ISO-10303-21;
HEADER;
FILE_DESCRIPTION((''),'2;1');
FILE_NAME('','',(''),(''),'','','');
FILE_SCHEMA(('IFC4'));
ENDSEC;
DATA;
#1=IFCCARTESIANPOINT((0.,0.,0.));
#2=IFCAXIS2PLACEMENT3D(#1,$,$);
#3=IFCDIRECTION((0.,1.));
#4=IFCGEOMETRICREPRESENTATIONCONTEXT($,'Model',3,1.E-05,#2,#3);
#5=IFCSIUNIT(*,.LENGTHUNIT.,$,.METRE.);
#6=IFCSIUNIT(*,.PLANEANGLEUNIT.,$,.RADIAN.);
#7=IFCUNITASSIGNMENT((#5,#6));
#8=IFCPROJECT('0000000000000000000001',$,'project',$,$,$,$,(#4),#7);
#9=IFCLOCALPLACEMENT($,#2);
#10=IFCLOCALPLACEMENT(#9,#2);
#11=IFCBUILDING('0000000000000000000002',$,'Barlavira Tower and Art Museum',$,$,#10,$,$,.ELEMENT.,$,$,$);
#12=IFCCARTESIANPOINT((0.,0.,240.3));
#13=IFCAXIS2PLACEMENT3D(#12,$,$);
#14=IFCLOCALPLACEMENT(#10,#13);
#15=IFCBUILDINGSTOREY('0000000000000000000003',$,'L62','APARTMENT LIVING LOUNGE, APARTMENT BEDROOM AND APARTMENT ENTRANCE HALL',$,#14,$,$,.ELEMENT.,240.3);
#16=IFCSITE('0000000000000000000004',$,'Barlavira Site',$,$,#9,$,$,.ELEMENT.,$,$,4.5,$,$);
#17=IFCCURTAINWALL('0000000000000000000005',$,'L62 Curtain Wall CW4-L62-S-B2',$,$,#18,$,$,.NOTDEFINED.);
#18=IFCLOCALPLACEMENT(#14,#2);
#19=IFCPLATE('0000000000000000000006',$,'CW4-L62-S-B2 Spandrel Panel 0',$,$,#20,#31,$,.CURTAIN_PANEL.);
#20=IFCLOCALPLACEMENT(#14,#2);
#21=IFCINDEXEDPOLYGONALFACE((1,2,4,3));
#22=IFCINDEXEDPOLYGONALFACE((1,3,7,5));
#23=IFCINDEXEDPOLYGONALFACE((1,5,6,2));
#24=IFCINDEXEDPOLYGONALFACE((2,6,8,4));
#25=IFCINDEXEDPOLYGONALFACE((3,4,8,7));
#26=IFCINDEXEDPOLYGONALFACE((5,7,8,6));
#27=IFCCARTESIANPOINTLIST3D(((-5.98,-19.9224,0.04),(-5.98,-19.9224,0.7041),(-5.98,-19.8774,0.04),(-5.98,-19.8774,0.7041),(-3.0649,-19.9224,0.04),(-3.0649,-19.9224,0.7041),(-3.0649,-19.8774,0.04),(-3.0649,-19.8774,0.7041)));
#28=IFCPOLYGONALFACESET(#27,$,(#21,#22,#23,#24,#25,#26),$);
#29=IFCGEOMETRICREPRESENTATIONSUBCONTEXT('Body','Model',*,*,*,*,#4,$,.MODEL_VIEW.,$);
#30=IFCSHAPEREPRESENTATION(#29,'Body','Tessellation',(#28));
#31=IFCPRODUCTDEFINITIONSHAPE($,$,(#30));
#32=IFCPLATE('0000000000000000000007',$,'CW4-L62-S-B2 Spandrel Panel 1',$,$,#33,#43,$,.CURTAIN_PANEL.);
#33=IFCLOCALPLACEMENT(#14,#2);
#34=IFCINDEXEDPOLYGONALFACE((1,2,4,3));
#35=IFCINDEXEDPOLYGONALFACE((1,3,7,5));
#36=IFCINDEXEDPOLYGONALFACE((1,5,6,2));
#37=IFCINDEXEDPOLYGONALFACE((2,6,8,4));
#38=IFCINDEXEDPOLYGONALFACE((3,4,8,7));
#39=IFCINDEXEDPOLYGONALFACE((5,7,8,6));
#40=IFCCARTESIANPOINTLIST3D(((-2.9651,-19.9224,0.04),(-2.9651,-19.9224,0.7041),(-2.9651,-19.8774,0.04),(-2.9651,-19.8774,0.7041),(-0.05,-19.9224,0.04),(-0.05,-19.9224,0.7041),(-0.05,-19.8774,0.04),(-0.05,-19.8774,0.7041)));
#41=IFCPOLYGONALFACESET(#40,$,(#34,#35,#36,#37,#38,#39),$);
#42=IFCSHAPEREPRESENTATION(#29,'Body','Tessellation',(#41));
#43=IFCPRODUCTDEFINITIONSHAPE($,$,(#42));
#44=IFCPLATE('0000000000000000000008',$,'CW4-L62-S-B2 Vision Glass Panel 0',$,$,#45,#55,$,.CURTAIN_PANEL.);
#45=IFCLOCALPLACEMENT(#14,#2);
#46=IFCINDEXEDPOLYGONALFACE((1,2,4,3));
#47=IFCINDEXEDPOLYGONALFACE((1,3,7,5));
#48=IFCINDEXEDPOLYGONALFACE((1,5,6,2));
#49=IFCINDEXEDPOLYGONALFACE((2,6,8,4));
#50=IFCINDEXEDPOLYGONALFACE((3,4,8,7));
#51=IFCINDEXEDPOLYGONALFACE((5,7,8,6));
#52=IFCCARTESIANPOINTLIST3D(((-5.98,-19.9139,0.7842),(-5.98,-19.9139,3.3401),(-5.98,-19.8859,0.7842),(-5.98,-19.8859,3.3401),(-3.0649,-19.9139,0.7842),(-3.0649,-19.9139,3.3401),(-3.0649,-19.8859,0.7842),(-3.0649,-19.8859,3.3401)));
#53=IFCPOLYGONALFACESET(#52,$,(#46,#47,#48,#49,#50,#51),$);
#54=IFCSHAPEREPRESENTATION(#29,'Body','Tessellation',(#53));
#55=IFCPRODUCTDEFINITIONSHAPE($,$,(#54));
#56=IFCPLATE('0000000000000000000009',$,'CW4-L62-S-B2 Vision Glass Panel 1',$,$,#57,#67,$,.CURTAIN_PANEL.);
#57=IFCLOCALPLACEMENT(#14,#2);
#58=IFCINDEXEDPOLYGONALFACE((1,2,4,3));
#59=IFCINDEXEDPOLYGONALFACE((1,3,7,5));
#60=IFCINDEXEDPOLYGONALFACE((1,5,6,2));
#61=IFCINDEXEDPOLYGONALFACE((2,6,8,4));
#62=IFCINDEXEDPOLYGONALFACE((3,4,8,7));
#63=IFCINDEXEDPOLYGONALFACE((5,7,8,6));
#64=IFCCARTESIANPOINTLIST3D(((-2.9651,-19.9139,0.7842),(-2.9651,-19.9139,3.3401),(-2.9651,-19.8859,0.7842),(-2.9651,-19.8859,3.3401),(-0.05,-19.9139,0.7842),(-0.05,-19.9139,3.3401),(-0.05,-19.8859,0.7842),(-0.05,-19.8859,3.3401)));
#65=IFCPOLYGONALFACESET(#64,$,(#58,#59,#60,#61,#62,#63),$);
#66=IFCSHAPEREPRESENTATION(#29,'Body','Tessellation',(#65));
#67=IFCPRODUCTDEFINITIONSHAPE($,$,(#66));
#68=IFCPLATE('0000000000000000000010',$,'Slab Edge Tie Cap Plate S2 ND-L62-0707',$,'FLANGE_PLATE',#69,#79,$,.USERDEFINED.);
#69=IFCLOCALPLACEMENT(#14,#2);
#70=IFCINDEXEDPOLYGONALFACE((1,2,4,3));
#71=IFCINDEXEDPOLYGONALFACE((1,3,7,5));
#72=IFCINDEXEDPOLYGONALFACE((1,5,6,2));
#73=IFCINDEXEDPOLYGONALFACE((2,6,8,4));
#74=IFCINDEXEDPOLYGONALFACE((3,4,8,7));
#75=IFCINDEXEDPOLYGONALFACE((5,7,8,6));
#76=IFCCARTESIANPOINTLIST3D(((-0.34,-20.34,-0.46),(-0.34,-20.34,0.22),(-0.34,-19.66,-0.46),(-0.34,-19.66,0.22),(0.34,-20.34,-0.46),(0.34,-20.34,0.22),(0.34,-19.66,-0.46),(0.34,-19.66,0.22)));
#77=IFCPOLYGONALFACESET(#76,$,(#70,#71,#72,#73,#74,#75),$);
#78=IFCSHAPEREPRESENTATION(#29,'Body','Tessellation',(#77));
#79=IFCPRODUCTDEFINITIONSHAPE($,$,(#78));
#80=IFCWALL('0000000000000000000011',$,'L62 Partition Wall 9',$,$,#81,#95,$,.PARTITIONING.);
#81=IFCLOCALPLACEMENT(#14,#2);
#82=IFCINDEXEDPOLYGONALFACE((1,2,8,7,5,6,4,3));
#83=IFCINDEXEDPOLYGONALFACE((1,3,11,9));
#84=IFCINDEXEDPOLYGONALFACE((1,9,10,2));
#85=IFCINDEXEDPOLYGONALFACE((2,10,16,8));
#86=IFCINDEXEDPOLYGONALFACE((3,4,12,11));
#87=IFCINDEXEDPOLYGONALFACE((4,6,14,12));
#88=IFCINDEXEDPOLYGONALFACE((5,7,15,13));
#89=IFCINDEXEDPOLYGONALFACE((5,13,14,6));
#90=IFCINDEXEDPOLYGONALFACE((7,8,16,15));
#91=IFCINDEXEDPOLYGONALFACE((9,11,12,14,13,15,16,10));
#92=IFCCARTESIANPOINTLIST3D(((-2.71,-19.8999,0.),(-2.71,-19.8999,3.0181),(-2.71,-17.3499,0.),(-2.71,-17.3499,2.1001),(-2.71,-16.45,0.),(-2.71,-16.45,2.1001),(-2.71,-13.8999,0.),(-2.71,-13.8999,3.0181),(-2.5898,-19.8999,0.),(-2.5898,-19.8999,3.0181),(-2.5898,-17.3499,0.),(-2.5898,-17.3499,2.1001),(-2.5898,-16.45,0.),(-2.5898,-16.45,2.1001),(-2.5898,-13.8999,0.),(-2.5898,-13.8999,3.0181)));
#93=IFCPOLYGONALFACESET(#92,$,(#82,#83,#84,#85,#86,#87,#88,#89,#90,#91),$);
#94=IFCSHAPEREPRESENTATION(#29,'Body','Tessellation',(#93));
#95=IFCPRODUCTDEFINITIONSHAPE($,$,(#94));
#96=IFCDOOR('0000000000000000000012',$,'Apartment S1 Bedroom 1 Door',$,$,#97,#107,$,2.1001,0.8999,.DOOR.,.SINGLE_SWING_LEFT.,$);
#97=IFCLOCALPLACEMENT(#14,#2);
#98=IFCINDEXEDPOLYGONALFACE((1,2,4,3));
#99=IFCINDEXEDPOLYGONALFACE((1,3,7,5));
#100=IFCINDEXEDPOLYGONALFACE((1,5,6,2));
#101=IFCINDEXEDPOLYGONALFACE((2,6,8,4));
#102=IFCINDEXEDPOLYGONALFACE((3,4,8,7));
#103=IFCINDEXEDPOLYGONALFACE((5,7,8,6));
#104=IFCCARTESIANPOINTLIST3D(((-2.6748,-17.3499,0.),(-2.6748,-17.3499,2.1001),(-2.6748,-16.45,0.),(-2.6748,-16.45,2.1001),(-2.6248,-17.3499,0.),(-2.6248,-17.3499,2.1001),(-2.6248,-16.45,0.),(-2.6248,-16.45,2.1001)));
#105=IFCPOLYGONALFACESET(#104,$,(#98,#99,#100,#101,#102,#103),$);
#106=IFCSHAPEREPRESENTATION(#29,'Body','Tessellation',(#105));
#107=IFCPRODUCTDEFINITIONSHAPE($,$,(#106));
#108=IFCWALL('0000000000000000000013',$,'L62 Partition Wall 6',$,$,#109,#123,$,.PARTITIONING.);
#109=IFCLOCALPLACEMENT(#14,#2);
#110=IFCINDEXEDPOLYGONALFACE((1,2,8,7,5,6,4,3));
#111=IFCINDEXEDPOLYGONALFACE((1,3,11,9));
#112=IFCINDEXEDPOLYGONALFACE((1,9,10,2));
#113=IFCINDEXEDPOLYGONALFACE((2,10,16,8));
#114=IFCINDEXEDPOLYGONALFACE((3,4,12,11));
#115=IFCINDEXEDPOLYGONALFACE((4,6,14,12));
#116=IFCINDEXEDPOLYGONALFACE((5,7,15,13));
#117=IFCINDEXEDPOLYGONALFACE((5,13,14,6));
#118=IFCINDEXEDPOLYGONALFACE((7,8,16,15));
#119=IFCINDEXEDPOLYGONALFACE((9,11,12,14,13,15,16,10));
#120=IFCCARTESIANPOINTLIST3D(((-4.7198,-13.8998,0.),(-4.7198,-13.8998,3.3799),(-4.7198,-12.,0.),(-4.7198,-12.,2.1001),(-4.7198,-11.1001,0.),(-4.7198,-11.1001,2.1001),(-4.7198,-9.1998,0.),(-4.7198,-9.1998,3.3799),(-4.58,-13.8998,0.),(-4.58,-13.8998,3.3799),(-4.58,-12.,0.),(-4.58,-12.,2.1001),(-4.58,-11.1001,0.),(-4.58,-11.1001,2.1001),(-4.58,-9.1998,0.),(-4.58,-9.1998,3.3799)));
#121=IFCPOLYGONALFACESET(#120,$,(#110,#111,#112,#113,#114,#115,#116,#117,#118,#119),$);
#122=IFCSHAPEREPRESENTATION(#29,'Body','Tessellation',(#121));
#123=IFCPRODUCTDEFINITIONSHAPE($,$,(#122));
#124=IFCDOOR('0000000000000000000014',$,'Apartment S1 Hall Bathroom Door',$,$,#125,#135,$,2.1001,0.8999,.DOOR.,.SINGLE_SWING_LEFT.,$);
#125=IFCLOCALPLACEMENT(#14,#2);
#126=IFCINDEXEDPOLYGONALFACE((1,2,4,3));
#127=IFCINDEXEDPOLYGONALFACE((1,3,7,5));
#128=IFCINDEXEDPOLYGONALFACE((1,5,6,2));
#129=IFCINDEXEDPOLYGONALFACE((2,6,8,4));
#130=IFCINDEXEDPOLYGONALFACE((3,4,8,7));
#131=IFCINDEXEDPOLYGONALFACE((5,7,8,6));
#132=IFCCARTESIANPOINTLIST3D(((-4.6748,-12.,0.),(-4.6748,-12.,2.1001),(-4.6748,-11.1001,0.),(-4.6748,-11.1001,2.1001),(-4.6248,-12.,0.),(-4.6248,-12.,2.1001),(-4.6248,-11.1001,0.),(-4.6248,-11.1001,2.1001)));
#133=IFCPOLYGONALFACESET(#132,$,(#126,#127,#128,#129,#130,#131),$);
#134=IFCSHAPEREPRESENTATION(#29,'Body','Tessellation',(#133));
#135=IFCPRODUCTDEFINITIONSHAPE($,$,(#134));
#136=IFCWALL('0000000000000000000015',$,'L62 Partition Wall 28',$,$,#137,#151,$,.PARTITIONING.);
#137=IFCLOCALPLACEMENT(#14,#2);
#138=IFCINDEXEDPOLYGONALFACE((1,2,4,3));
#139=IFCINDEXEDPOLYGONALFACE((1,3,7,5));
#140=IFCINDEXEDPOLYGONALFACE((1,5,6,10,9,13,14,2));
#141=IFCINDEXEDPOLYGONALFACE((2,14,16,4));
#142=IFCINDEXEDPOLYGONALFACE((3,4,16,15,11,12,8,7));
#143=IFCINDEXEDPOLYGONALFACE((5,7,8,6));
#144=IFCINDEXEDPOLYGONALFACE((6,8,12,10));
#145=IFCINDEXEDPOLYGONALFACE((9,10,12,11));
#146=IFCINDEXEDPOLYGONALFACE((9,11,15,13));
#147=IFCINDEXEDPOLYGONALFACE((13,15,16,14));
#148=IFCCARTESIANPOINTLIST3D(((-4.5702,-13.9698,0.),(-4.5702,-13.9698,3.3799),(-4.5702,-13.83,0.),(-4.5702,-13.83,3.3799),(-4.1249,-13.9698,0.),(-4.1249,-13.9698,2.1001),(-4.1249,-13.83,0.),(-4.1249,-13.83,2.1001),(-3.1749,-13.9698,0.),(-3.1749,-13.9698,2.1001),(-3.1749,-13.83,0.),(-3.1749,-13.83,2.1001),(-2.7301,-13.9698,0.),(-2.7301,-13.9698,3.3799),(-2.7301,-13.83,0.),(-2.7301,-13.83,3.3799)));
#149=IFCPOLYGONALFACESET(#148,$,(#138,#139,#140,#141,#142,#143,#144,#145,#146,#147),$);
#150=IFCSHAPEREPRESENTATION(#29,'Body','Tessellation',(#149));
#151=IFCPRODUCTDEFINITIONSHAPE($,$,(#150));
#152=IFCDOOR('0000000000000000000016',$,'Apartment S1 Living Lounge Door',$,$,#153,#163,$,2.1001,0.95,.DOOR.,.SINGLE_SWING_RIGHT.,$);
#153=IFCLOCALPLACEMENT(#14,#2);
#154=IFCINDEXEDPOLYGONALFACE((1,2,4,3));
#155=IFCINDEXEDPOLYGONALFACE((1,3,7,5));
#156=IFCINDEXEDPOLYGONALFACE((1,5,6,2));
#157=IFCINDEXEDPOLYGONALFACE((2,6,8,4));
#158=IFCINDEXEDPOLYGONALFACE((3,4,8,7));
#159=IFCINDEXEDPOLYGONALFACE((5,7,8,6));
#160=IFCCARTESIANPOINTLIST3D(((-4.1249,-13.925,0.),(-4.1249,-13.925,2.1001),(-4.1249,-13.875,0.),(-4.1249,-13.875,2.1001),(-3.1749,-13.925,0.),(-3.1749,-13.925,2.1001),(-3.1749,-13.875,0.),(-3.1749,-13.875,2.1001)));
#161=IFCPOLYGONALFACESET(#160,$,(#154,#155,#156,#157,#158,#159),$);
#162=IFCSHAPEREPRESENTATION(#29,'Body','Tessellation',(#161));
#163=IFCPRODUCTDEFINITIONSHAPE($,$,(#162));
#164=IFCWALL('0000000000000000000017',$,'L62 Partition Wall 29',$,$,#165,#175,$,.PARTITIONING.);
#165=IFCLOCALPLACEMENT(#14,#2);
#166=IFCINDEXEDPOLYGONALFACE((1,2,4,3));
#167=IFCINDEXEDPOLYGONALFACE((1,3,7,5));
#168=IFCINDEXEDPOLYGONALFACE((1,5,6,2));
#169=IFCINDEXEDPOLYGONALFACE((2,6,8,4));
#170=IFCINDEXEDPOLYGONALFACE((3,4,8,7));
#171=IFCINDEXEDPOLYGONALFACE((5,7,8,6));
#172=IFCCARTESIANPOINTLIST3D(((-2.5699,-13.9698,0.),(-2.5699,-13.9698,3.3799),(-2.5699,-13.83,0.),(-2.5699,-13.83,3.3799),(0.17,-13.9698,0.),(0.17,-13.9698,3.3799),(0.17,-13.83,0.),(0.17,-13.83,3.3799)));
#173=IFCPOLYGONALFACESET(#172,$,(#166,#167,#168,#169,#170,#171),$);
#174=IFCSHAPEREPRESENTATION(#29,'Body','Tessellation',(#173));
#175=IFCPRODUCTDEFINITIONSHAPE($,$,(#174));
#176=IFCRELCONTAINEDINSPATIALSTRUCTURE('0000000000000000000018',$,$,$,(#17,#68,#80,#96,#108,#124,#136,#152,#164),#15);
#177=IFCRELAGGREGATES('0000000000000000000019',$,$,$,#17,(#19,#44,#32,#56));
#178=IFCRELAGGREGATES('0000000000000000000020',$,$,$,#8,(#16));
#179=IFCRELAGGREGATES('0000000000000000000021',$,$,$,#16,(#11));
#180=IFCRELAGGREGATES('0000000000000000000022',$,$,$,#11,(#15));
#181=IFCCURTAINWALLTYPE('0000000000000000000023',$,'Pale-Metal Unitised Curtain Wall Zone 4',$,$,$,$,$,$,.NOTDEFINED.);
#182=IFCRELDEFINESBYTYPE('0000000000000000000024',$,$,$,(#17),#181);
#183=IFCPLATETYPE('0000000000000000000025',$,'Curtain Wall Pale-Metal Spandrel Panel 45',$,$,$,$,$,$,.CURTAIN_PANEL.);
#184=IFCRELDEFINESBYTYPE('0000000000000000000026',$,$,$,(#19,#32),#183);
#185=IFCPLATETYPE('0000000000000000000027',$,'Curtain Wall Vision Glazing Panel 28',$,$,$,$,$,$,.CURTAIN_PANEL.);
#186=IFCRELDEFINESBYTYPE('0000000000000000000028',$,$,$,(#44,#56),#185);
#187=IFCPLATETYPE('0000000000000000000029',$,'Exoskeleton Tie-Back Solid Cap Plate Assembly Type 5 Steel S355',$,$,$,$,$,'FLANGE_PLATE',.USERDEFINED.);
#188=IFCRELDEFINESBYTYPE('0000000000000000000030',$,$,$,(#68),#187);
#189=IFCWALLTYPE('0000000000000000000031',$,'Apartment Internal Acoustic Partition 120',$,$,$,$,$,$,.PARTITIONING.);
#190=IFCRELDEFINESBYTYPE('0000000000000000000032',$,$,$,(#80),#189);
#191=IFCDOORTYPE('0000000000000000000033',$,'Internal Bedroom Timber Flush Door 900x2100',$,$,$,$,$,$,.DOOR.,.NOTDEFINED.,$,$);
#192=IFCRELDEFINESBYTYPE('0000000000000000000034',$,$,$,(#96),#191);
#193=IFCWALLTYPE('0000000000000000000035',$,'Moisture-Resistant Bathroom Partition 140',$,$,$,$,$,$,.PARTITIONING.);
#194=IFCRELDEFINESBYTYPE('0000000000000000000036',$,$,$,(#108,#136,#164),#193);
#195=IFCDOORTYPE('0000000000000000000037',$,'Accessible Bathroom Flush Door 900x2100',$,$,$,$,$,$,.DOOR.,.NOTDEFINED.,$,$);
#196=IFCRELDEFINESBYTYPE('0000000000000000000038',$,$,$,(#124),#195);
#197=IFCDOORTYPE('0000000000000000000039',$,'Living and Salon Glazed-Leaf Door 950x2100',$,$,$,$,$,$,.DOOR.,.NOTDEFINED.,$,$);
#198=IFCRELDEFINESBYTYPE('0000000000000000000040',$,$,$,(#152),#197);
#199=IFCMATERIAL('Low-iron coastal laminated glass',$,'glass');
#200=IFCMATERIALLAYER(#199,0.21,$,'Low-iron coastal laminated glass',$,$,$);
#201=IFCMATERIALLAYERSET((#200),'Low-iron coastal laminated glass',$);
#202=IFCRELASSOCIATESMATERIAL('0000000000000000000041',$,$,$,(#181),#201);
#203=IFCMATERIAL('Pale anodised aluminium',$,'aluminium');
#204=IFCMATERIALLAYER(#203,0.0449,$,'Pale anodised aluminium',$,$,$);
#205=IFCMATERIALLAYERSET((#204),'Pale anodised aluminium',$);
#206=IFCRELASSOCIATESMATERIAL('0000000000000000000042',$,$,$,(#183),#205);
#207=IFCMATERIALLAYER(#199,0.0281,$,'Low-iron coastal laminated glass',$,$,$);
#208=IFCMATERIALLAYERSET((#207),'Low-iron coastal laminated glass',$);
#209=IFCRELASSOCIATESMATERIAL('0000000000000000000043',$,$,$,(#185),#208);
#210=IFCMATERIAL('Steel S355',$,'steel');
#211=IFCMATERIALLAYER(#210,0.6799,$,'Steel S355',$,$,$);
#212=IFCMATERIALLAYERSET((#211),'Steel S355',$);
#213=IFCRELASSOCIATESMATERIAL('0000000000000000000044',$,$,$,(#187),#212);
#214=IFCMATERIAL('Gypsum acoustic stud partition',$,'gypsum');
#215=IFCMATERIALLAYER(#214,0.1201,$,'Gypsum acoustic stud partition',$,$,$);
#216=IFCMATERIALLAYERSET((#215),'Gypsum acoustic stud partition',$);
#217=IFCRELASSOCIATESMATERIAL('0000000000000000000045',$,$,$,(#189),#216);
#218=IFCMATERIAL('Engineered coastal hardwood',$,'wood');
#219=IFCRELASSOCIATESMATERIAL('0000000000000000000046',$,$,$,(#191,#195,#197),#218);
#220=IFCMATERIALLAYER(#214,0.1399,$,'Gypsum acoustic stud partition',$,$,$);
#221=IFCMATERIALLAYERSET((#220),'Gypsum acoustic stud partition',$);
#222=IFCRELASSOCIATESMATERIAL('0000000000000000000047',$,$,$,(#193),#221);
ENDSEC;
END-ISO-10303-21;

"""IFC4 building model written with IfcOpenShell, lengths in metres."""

from ifc_helpers import new_model, si_unit, direction, frame, frame_2d, origin, origin_2d, place, context, subcontext, project, spatial, rectangle, extrude, material, layer, layer_set, type_object, element, fill, aggregate, save


model = new_model("IFC4")

# Units and contexts
model_context = context("Model", 3, precision=1e-05, world=origin(), true_north=direction((0.0, 1.0)))
body_context = subcontext(model_context, "Body", "Model", "MODEL_VIEW")
ifc_project = project(units=[si_unit("LENGTHUNIT", "METRE"), si_unit("PLANEANGLEUNIT", "RADIAN")], contexts=[model_context])

# Site, building, storey
site_placement = place(None, origin())
site = spatial("IfcSite", under=ifc_project, at=site_placement, Name="Barlavira Site", CompositionType="ELEMENT", RefElevation=4.5)
building_placement = place(site_placement, origin())
building = spatial("IfcBuilding", under=site, at=building_placement, Name="Barlavira Tower and Art Museum", CompositionType="ELEMENT")
storey_placement = place(building_placement, frame((0.0, 0.0, 240.3)))
storey = spatial("IfcBuildingStorey", under=building, at=storey_placement, Name="L62", Description="APARTMENT LIVING LOUNGE, APARTMENT BEDROOM AND APARTMENT ENTRANCE HALL", CompositionType="ELEMENT", Elevation=240.3)

# Curtain wall
ifc_material_1 = material(Name="Low-iron coastal laminated glass", Category="glass")
ifc_layer_1 = layer(ifc_material_1, 0.21, Name="Low-iron coastal laminated glass")
ifc_layer_set_1 = layer_set([ifc_layer_1], Name="Low-iron coastal laminated glass")
curtain_wall_type = type_object("IfcCurtainWallType", Name="Pale-Metal Unitised Curtain Wall Zone 4", PredefinedType="NOTDEFINED", material=ifc_layer_set_1)
curtain_wall_placement = place(storey_placement, origin())
curtain_wall = element("IfcCurtainWall", 1, at=curtain_wall_placement, inside=storey, type_object=curtain_wall_type, Name="L62 Curtain Wall CW4-L62-S-B2", PredefinedType="NOTDEFINED")
ifc_material_2 = material(Name="Pale anodised aluminium", Category="aluminium")

# Shared definitions
ifc_material_3 = material(Name="Steel S355", Category="steel")

# Plates
ifc_layer_2 = layer(ifc_material_2, 0.0449, Name="Pale anodised aluminium")
ifc_layer_set_2 = layer_set([ifc_layer_2], Name="Pale anodised aluminium")
plate_type_1 = type_object("IfcPlateType", Name="Curtain Wall Pale-Metal Spandrel Panel 45", PredefinedType="CURTAIN_PANEL", material=ifc_layer_set_2)
plate_1_placement = place(storey_placement, frame((-4.5225, -19.8999, 0.04), z_axis=(0.0, 0.0, 1.0), x_axis=(1.0, 0.0, 0.0)))
plate_1 = element("IfcPlate", 2, at=plate_1_placement, type_object=plate_type_1, Name="CW4-L62-S-B2 Spandrel Panel 0", PredefinedType="CURTAIN_PANEL", context=body_context, shape_type="SweptSolid", body=[
    extrude(rectangle(XDim=2.915, YDim=0.0449, at=origin_2d()), origin(), (0.0, 0.0, 1.0), 0.6641),
])
plate_2_placement = place(storey_placement, frame((-1.5076, -19.8999, 0.04), z_axis=(0.0, 0.0, 1.0), x_axis=(1.0, 0.0, 0.0)))
plate_2 = element("IfcPlate", 3, at=plate_2_placement, type_object=plate_type_1, Name="CW4-L62-S-B2 Spandrel Panel 1", PredefinedType="CURTAIN_PANEL", context=body_context, shape_type="SweptSolid", body=[
    extrude(rectangle(XDim=2.915, YDim=0.0449, at=origin_2d()), origin(), (0.0, 0.0, 1.0), 0.6641),
])
ifc_layer_3 = layer(ifc_material_1, 0.0281, Name="Low-iron coastal laminated glass")
ifc_layer_set_3 = layer_set([ifc_layer_3], Name="Low-iron coastal laminated glass")
plate_type_2 = type_object("IfcPlateType", Name="Curtain Wall Vision Glazing Panel 28", PredefinedType="CURTAIN_PANEL", material=ifc_layer_set_3)
plate_3_placement = place(storey_placement, frame((-4.5225, -19.8999, 0.7842), z_axis=(0.0, 0.0, 1.0), x_axis=(1.0, 0.0, 0.0)))
plate_3 = element("IfcPlate", 4, at=plate_3_placement, type_object=plate_type_2, Name="CW4-L62-S-B2 Vision Glass Panel 0", PredefinedType="CURTAIN_PANEL", context=body_context, shape_type="SweptSolid", body=[
    extrude(rectangle(XDim=2.915, YDim=0.0281, at=origin_2d()), origin(), (0.0, 0.0, 1.0), 2.5559),
])
plate_4_placement = place(storey_placement, frame((-1.5076, -19.8999, 0.7842), z_axis=(0.0, 0.0, 1.0), x_axis=(1.0, 0.0, 0.0)))
plate_4 = element("IfcPlate", 5, at=plate_4_placement, type_object=plate_type_2, Name="CW4-L62-S-B2 Vision Glass Panel 1", PredefinedType="CURTAIN_PANEL", context=body_context, shape_type="SweptSolid", body=[
    extrude(rectangle(XDim=2.915, YDim=0.0281, at=origin_2d()), origin(), (0.0, 0.0, 1.0), 2.5559),
])
aggregate(curtain_wall, [plate_1, plate_3, plate_2, plate_4])
ifc_layer_4 = layer(ifc_material_3, 0.6799, Name="Steel S355")
ifc_layer_set_4 = layer_set([ifc_layer_4], Name="Steel S355")
plate_type_3 = type_object("IfcPlateType", Name="Exoskeleton Tie-Back Solid Cap Plate Assembly Type 5 Steel S355", ElementType="FLANGE_PLATE", PredefinedType="USERDEFINED", material=ifc_layer_set_4)
plate_5_placement = place(storey_placement, frame((0.0, -20.0, -0.46), z_axis=(0.0, 0.0, 1.0), x_axis=(1.0, 0.0, 0.0)))
element("IfcPlate", 6, at=plate_5_placement, inside=storey, type_object=plate_type_3, Name="Slab Edge Tie Cap Plate S2 ND-L62-0707", ObjectType="FLANGE_PLATE", PredefinedType="USERDEFINED", context=body_context, shape_type="SweptSolid", body=[
    extrude(rectangle(XDim=0.6799, YDim=0.6799, at=origin_2d()), origin(), (0.0, 0.0, 1.0), 0.6799),
])

# Walls, openings, doors
ifc_material_4 = material(Name="Gypsum acoustic stud partition", Category="gypsum")
ifc_layer_5 = layer(ifc_material_4, 0.1201, Name="Gypsum acoustic stud partition")
ifc_layer_set_5 = layer_set([ifc_layer_5], Name="Gypsum acoustic stud partition")
wall_type_1 = type_object("IfcWallType", Name="Apartment Internal Acoustic Partition 120", PredefinedType="PARTITIONING", material=ifc_layer_set_5)
wall_1_placement = place(storey_placement, frame((-2.6499, -19.8999, 0.0), z_axis=(0.0, 0.0, 1.0), x_axis=(0.0, 1.0, 0.0)))
wall_1 = element("IfcWall", 7, at=wall_1_placement, inside=storey, type_object=wall_type_1, Name="L62 Partition Wall 9", PredefinedType="PARTITIONING", context=body_context, shape_type="SweptSolid", body=[
    extrude(rectangle(XDim=6.0, YDim=0.1201, at=frame_2d((3.0, 0.0))), origin(), (0.0, 0.0, 1.0), 3.0181),
])
opening_1_placement = place(wall_1_placement, frame((2.55, 0.0, 0.0)))
opening_1 = element("IfcOpeningElement", 8, at=opening_1_placement, cuts=wall_1, PredefinedType="OPENING", context=body_context, shape_type="SweptSolid", body=[
    extrude(rectangle(XDim=0.8999, YDim=2.1001, at=frame_2d((0.45, 1.05))), frame((0.0, 0.0701, 0.0), z_axis=(0.0, -1.0, 0.0), x_axis=(1.0, 0.0, 0.0)), (0.0, 0.0, 1.0), 0.1401),
])
ifc_material_5 = material(Name="Engineered coastal hardwood", Category="wood")
door_type_1 = type_object("IfcDoorType", Name="Internal Bedroom Timber Flush Door 900x2100", OperationType="NOTDEFINED", PredefinedType="DOOR", material=ifc_material_5)
door_1_placement = place(opening_1_placement, origin())
door_1 = element("IfcDoor", 9, at=door_1_placement, inside=storey, type_object=door_type_1, Name="Apartment S1 Bedroom 1 Door", OperationType="SINGLE_SWING_LEFT", OverallHeight=2.1001, OverallWidth=0.8999, PredefinedType="DOOR", context=body_context, shape_type="SweptSolid", body=[
    extrude(rectangle(XDim=0.8999, YDim=2.1001, at=frame_2d((0.45, 1.05))), frame((0.0, 0.0249, 0.0), z_axis=(0.0, -1.0, 0.0), x_axis=(1.0, 0.0, 0.0)), (0.0, 0.0, 1.0), 0.05),
])
fill(opening_1, door_1)
ifc_layer_6 = layer(ifc_material_4, 0.1399, Name="Gypsum acoustic stud partition")
ifc_layer_set_6 = layer_set([ifc_layer_6], Name="Gypsum acoustic stud partition")
wall_type_2 = type_object("IfcWallType", Name="Moisture-Resistant Bathroom Partition 140", PredefinedType="PARTITIONING", material=ifc_layer_set_6)
wall_2_placement = place(storey_placement, frame((-4.6499, -13.8999, 0.0), z_axis=(0.0, 0.0, 1.0), x_axis=(0.0, 1.0, 0.0)))
wall_2 = element("IfcWall", 10, at=wall_2_placement, inside=storey, type_object=wall_type_2, Name="L62 Partition Wall 6", PredefinedType="PARTITIONING", context=body_context, shape_type="SweptSolid", body=[
    extrude(rectangle(XDim=4.7, YDim=0.1399, at=frame_2d((2.3501, 0.0))), origin(), (0.0, 0.0, 1.0), 3.3799),
])
opening_2_placement = place(wall_2_placement, frame((1.8999, 0.0, 0.0)))
opening_2 = element("IfcOpeningElement", 11, at=opening_2_placement, cuts=wall_2, PredefinedType="OPENING", context=body_context, shape_type="SweptSolid", body=[
    extrude(rectangle(XDim=0.8999, YDim=2.1001, at=frame_2d((0.45, 1.05))), frame((0.0, 0.0801, 0.0), z_axis=(0.0, -1.0, 0.0), x_axis=(1.0, 0.0, 0.0)), (0.0, 0.0, 1.0), 0.1599),
])
door_type_2 = type_object("IfcDoorType", Name="Accessible Bathroom Flush Door 900x2100", OperationType="NOTDEFINED", PredefinedType="DOOR", material=ifc_material_5)
door_2_placement = place(opening_2_placement, origin())
door_2 = element("IfcDoor", 12, at=door_2_placement, inside=storey, type_object=door_type_2, Name="Apartment S1 Hall Bathroom Door", OperationType="SINGLE_SWING_LEFT", OverallHeight=2.1001, OverallWidth=0.8999, PredefinedType="DOOR", context=body_context, shape_type="SweptSolid", body=[
    extrude(rectangle(XDim=0.8999, YDim=2.1001, at=frame_2d((0.45, 1.05))), frame((0.0, 0.0249, 0.0), z_axis=(0.0, -1.0, 0.0), x_axis=(1.0, 0.0, 0.0)), (0.0, 0.0, 1.0), 0.05),
])
fill(opening_2, door_2)
wall_3_placement = place(storey_placement, frame((-4.5701, -13.8999, 0.0), z_axis=(0.0, 0.0, 1.0), x_axis=(1.0, 0.0, 0.0)))
wall_3 = element("IfcWall", 13, at=wall_3_placement, inside=storey, type_object=wall_type_2, Name="L62 Partition Wall 28", PredefinedType="PARTITIONING", context=body_context, shape_type="SweptSolid", body=[
    extrude(rectangle(XDim=1.8401, YDim=0.1399, at=frame_2d((0.9199, 0.0))), origin(), (0.0, 0.0, 1.0), 3.3799),
])
opening_3_placement = place(wall_3_placement, frame((0.4451, 0.0, 0.0)))
opening_3 = element("IfcOpeningElement", 14, at=opening_3_placement, cuts=wall_3, PredefinedType="OPENING", context=body_context, shape_type="SweptSolid", body=[
    extrude(rectangle(XDim=0.95, YDim=2.1001, at=frame_2d((0.4751, 1.05))), frame((0.0, 0.0801, 0.0), z_axis=(0.0, -1.0, 0.0), x_axis=(1.0, 0.0, 0.0)), (0.0, 0.0, 1.0), 0.1599),
])
door_type_3 = type_object("IfcDoorType", Name="Living and Salon Glazed-Leaf Door 950x2100", OperationType="NOTDEFINED", PredefinedType="DOOR", material=ifc_material_5)
door_3_placement = place(opening_3_placement, origin())
door_3 = element("IfcDoor", 15, at=door_3_placement, inside=storey, type_object=door_type_3, Name="Apartment S1 Living Lounge Door", OperationType="SINGLE_SWING_RIGHT", OverallHeight=2.1001, OverallWidth=0.95, PredefinedType="DOOR", context=body_context, shape_type="SweptSolid", body=[
    extrude(rectangle(XDim=0.95, YDim=2.1001, at=frame_2d((0.4751, 1.05))), frame((0.0, 0.0249, 0.0), z_axis=(0.0, -1.0, 0.0), x_axis=(1.0, 0.0, 0.0)), (0.0, 0.0, 1.0), 0.05),
])
fill(opening_3, door_3)

# Wall
wall_4_placement = place(storey_placement, frame((-2.5701, -13.8999, 0.0), z_axis=(0.0, 0.0, 1.0), x_axis=(1.0, 0.0, 0.0)))
element("IfcWall", 16, at=wall_4_placement, inside=storey, type_object=wall_type_2, Name="L62 Partition Wall 29", PredefinedType="PARTITIONING", context=body_context, shape_type="SweptSolid", body=[
    extrude(rectangle(XDim=2.74, YDim=0.1399, at=frame_2d((1.3701, 0.0))), origin(), (0.0, 0.0, 1.0), 3.3799),
])

save(model, "model.ifc")
